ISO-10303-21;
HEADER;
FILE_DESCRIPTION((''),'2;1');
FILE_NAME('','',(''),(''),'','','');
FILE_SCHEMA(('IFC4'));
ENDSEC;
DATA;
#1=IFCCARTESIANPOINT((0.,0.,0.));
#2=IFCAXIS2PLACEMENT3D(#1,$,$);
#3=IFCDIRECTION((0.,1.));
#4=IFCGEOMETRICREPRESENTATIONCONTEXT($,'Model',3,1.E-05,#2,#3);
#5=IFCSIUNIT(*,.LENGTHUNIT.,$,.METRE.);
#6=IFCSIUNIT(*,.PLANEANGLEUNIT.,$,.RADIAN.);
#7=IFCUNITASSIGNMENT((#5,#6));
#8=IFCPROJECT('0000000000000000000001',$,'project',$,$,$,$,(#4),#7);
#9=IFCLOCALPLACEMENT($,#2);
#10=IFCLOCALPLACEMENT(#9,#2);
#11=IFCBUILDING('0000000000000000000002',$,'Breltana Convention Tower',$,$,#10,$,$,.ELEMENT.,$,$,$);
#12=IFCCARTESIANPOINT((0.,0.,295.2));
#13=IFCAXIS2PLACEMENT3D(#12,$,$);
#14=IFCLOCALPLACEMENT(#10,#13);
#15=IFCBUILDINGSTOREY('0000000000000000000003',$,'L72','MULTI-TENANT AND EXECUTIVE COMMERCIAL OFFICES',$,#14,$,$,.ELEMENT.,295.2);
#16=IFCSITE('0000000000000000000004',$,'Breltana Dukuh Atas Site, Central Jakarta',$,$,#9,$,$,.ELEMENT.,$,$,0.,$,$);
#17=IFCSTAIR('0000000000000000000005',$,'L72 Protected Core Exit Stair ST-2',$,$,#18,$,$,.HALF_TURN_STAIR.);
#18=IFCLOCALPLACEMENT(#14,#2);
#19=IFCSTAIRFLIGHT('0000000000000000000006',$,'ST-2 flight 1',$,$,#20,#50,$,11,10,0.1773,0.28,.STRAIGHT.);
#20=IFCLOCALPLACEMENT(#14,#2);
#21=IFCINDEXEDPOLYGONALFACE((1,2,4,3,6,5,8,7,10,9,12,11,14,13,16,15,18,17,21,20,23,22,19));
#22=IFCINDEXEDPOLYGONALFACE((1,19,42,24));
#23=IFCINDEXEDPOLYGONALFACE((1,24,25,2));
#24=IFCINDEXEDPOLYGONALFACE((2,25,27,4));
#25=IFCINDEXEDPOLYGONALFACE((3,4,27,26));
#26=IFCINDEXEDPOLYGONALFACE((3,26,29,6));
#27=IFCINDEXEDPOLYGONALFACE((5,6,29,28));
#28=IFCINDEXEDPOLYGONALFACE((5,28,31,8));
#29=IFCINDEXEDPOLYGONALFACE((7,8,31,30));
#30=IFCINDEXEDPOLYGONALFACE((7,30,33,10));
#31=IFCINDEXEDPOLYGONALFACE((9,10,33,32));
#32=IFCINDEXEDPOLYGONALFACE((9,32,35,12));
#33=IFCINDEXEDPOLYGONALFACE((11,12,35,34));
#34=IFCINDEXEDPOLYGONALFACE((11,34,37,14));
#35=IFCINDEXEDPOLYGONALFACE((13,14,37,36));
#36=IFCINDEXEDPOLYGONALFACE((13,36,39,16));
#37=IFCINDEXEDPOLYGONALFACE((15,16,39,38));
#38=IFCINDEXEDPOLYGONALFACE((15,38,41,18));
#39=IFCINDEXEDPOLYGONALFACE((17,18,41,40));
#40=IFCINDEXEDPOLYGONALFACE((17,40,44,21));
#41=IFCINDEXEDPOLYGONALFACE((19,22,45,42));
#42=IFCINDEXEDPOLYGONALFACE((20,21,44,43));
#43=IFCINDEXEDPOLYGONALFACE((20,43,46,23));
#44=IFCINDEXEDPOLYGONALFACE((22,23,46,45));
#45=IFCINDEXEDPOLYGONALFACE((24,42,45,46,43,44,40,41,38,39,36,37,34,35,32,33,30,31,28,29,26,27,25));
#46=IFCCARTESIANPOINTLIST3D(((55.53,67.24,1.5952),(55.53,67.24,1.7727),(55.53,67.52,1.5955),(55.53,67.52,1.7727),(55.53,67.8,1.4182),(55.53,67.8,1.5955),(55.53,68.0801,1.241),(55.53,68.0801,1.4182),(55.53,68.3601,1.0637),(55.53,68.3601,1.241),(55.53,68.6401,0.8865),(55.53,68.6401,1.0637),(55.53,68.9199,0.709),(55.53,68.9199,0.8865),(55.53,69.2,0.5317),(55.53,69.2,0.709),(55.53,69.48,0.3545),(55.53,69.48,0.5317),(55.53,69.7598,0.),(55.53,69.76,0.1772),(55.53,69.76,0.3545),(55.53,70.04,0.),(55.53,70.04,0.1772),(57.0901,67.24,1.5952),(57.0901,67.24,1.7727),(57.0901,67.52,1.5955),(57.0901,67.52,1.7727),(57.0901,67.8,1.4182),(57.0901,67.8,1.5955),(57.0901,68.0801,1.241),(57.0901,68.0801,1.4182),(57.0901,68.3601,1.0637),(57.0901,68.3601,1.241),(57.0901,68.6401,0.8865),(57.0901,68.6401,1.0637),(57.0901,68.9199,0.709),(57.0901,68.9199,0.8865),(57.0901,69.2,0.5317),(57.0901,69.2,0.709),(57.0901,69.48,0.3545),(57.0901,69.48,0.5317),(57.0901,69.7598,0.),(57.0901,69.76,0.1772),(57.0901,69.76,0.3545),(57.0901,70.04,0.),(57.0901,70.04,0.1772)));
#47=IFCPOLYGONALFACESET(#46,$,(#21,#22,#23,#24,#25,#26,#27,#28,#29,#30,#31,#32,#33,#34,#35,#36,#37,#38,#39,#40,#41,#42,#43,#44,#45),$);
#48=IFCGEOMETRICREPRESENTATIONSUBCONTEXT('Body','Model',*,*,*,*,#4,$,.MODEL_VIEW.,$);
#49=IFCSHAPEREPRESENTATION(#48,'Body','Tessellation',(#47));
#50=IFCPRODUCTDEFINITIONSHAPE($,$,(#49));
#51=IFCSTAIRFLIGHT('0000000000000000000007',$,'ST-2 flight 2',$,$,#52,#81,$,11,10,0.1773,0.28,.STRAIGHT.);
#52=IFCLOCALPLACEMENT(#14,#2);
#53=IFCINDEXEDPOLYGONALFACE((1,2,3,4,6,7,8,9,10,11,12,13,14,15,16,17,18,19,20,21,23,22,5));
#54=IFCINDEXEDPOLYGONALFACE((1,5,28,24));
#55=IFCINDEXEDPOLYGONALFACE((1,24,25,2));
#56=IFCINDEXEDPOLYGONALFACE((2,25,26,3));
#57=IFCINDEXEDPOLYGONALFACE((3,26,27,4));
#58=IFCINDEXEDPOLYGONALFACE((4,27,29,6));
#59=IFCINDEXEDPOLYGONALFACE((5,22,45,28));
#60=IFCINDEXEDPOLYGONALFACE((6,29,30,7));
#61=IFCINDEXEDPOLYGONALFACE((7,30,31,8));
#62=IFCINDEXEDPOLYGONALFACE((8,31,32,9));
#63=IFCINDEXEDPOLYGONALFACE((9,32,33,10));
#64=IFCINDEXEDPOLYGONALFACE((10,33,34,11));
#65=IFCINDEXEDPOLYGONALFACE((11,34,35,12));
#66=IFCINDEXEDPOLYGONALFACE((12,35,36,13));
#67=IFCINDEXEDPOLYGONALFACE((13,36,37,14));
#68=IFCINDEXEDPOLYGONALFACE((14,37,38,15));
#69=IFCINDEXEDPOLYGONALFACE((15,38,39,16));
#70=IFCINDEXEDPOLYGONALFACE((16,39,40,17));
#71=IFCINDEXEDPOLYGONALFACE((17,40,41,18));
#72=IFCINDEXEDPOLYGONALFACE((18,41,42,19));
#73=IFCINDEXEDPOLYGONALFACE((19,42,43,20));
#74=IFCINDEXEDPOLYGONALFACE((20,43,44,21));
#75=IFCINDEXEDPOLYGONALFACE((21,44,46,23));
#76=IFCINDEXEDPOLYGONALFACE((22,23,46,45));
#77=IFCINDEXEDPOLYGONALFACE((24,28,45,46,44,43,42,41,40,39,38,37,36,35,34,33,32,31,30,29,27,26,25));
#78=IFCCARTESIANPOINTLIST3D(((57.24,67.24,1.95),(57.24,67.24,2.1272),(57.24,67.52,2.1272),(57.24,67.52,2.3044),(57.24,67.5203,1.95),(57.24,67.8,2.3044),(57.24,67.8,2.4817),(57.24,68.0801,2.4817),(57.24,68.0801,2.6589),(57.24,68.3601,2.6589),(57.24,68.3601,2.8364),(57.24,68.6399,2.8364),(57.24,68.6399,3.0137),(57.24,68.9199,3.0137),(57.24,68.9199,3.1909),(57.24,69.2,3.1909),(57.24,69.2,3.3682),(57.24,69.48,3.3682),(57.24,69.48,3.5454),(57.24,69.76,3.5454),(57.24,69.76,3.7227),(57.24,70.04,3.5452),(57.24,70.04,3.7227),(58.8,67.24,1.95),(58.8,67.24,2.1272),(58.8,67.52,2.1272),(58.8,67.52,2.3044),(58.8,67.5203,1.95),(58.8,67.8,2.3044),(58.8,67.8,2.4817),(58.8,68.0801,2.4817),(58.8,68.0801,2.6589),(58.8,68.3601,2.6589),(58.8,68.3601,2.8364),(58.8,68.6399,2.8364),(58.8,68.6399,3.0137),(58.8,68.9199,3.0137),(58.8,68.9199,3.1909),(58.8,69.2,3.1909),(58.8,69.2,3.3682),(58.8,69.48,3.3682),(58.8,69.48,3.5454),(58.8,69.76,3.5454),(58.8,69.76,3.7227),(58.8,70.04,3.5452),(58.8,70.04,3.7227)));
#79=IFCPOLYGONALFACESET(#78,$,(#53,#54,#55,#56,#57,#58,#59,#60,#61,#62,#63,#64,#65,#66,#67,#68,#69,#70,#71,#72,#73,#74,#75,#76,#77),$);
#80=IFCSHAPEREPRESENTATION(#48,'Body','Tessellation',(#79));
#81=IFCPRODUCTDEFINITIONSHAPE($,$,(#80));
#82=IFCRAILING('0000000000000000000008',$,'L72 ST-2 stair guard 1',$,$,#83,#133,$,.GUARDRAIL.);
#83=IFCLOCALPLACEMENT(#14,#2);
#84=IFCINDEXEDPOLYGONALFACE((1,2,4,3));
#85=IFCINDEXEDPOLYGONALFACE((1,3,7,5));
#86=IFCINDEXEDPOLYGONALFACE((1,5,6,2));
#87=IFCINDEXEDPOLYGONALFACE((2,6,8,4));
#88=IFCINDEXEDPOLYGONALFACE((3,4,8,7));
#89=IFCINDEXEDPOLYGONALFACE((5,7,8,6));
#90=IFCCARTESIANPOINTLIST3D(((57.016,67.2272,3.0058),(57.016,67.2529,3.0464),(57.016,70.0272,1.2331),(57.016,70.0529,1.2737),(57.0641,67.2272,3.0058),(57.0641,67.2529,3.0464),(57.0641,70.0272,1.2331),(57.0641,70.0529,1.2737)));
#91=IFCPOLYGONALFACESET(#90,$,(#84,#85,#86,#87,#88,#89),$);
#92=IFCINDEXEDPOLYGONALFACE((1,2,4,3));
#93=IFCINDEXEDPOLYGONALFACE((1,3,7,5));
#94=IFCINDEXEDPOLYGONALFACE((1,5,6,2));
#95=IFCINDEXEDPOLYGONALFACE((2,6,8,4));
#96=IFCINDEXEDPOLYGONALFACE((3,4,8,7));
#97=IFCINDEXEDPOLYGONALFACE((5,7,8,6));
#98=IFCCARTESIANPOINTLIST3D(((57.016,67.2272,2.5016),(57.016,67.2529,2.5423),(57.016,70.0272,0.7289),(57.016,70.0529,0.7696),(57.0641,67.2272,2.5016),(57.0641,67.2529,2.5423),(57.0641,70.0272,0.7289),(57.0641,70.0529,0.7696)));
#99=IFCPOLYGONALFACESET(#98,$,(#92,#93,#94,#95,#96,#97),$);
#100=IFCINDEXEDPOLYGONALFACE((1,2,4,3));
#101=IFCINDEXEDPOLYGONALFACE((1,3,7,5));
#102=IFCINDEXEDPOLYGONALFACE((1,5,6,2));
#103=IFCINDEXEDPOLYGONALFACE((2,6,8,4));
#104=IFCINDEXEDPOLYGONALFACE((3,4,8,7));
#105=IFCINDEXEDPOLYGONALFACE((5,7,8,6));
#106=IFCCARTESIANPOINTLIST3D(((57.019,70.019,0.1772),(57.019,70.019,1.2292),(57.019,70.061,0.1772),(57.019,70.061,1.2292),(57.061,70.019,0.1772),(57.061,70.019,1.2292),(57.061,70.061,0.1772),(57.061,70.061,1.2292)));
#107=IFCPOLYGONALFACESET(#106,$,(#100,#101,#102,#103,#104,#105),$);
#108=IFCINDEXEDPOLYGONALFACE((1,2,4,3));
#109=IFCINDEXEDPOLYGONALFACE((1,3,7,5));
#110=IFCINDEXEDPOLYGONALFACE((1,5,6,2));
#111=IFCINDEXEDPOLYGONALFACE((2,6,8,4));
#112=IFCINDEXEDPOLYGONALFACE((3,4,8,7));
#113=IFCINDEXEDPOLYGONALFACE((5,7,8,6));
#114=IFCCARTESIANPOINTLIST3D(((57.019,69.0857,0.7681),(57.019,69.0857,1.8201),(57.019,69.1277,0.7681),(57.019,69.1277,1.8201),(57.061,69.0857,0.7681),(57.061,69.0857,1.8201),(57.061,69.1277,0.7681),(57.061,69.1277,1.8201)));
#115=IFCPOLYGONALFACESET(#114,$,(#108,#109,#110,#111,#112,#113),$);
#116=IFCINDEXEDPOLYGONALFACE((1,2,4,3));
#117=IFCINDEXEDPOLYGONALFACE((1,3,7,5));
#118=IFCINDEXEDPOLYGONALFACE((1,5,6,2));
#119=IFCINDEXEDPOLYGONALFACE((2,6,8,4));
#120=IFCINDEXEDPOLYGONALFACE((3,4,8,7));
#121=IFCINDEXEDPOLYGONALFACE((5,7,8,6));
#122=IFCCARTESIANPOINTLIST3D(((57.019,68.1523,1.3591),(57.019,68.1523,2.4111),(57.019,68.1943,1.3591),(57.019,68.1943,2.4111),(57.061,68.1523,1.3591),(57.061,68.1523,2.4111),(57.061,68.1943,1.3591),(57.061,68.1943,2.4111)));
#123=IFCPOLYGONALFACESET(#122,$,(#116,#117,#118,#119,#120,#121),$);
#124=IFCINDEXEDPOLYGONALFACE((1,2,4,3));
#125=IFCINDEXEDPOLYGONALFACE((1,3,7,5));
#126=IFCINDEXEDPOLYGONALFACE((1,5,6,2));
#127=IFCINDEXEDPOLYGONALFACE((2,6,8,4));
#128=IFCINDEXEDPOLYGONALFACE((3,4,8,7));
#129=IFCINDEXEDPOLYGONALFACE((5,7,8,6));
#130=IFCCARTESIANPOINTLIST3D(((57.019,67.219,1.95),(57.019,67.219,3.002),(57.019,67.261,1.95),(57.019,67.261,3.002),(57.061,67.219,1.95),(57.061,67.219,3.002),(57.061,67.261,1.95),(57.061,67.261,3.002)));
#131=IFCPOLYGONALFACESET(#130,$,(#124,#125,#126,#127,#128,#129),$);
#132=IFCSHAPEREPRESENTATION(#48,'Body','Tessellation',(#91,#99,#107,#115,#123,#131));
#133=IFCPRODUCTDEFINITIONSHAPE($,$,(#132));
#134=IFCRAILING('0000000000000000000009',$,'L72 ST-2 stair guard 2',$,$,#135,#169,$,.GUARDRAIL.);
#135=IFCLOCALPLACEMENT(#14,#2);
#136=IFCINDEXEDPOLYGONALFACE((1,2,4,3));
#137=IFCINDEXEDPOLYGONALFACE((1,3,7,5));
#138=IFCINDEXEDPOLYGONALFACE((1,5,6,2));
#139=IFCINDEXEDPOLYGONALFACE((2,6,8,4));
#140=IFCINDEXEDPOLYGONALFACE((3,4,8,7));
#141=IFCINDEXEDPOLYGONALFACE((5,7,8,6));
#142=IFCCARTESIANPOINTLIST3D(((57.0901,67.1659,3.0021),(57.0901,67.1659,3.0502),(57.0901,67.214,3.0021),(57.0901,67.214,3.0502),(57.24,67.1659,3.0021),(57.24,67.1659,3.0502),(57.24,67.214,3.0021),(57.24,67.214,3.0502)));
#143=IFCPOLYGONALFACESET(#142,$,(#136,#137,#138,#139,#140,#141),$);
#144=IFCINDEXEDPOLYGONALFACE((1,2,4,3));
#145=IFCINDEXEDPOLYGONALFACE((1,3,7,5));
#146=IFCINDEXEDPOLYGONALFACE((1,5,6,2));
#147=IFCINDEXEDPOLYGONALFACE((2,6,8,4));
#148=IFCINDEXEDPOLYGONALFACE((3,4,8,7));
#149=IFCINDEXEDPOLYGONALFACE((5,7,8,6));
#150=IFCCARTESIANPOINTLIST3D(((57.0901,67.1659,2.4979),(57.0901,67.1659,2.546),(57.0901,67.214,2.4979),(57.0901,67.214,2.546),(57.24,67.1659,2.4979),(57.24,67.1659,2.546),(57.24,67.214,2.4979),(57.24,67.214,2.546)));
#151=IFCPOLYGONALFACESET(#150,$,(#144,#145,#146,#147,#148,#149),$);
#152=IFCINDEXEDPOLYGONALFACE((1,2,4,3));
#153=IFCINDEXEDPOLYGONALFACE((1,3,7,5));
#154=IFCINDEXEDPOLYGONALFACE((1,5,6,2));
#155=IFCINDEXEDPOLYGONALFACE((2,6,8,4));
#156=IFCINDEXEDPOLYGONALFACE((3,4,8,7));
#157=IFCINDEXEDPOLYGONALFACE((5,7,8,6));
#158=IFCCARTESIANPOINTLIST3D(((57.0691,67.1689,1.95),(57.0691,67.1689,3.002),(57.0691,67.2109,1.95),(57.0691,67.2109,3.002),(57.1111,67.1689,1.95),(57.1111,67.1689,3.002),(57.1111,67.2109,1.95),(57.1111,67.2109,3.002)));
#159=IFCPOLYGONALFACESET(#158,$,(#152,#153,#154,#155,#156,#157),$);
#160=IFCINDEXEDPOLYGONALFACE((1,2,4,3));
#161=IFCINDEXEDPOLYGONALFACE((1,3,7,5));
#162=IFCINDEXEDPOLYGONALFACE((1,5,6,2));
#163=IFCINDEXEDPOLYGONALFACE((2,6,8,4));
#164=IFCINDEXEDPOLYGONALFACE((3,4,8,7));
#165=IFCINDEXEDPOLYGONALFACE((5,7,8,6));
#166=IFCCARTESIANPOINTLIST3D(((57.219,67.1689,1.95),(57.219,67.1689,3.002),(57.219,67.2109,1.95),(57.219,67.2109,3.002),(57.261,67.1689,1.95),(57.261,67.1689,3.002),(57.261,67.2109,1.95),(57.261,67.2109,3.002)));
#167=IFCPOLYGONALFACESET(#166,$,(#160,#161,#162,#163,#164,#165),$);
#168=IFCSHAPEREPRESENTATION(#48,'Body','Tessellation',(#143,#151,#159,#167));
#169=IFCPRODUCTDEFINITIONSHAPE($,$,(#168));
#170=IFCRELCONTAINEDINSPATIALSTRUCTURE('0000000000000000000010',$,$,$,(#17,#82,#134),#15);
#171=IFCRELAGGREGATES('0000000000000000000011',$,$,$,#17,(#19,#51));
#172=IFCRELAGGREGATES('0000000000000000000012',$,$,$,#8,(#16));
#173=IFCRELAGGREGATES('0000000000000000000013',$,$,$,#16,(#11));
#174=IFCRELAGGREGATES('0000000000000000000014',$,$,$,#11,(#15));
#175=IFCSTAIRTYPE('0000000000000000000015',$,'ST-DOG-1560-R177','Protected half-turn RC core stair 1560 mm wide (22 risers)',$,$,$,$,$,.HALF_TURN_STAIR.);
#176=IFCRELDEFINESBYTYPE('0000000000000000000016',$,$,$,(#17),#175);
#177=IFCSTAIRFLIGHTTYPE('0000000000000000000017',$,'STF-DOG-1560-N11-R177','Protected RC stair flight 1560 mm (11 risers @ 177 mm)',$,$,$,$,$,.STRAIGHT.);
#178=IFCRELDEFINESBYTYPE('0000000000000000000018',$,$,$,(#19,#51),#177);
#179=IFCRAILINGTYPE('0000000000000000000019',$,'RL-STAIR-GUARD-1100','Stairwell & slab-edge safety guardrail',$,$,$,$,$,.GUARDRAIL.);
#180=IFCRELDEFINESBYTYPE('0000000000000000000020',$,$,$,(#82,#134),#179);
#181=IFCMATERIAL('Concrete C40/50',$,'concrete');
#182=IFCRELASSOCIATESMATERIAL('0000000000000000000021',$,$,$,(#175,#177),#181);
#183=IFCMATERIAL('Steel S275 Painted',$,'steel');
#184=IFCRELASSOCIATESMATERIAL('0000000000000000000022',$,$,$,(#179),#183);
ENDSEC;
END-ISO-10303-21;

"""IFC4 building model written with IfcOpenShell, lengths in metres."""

from ifc_helpers import new_model, si_unit, direction, frame, origin, origin_2d, place, context, subcontext, project, spatial, polyline, rectangle, outline, extrude, material, type_object, element, aggregate, save


model = new_model("IFC4")

# Units and contexts
model_context = context("Model", 3, precision=1e-05, world=origin(), true_north=direction((0.0, 1.0)))
body_context = subcontext(model_context, "Body", "Model", "MODEL_VIEW")
ifc_project = project(units=[si_unit("LENGTHUNIT", "METRE"), si_unit("PLANEANGLEUNIT", "RADIAN")], contexts=[model_context])

# Site, building, storey
site_placement = place(None, origin())
site = spatial("IfcSite", under=ifc_project, at=site_placement, Name="Breltana Dukuh Atas Site, Central Jakarta", CompositionType="ELEMENT", RefElevation=0.0)
building_placement = place(site_placement, origin())
building = spatial("IfcBuilding", under=site, at=building_placement, Name="Breltana Convention Tower", CompositionType="ELEMENT")
storey_placement = place(building_placement, frame((0.0, 0.0, 295.2)))
storey = spatial("IfcBuildingStorey", under=building, at=storey_placement, Name="L72", Description="MULTI-TENANT AND EXECUTIVE COMMERCIAL OFFICES", CompositionType="ELEMENT", Elevation=295.2)

# Stair, stair flights
ifc_material_1 = material(Name="Concrete C40/50", Category="concrete")
stair_type = type_object("IfcStairType", Name="ST-DOG-1560-R177", Description="Protected half-turn RC core stair 1560 mm wide (22 risers)", PredefinedType="HALF_TURN_STAIR", material=ifc_material_1)
stair_placement = place(storey_placement, origin())
stair = element("IfcStair", 1, at=stair_placement, inside=storey, type_object=stair_type, Name="L72 Protected Core Exit Stair ST-2", PredefinedType="HALF_TURN_STAIR")
stair_flight_type = type_object("IfcStairFlightType", Name="STF-DOG-1560-N11-R177", Description="Protected RC stair flight 1560 mm (11 risers @ 177 mm)", PredefinedType="STRAIGHT", material=ifc_material_1)
stair_flight_1_placement = place(storey_placement, frame((56.3101, 70.04, 0.0), z_axis=(0.0, 0.0, 1.0), x_axis=(0.0, -1.0, 0.0)))
stair_flight_1 = element("IfcStairFlight", 2, at=stair_flight_1_placement, type_object=stair_flight_type, Name="ST-2 flight 1", NumberOfRisers=11, NumberOfTreads=10, PredefinedType="STRAIGHT", RiserHeight=0.1773, TreadLength=0.28, context=body_context, shape_type="SweptSolid", body=[
    extrude(outline(polyline([(0.0, 0.0), (0.0, 0.1772), (0.28, 0.1772), (0.28, 0.3545), (0.5601, 0.3545), (0.5601, 0.5317), (0.8401, 0.5317), (0.8401, 0.709), (1.1201, 0.709), (1.1201, 0.8865), (1.3999, 0.8865), (1.3999, 1.0637), (1.6799, 1.0637), (1.6799, 1.241), (1.96, 1.241), (1.96, 1.4182), (2.24, 1.4182), (2.24, 1.5955), (2.52, 1.5955), (2.52, 1.7727), (2.8, 1.7727), (2.8, 1.95), (2.8, 1.5952), (0.2803, 0.0), (0.0, 0.0)])), frame((0.0, 0.78, 0.0), z_axis=(0.0, -1.0, 0.0), x_axis=(1.0, 0.0, 0.0)), (0.0, 0.0, 1.0), 1.5601),
])
stair_flight_2_placement = place(storey_placement, frame((58.02, 67.24, 1.95), z_axis=(0.0, 0.0, 1.0), x_axis=(0.0, 1.0, 0.0)))
stair_flight_2 = element("IfcStairFlight", 3, at=stair_flight_2_placement, type_object=stair_flight_type, Name="ST-2 flight 2", NumberOfRisers=11, NumberOfTreads=10, PredefinedType="STRAIGHT", RiserHeight=0.1773, TreadLength=0.28, context=body_context, shape_type="SweptSolid", body=[
    extrude(outline(polyline([(0.0, 0.0), (0.0, 0.1772), (0.28, 0.1772), (0.28, 0.3545), (0.5601, 0.3545), (0.5601, 0.5317), (0.8401, 0.5317), (0.8401, 0.709), (1.1201, 0.709), (1.1201, 0.8865), (1.3999, 0.8865), (1.3999, 1.0637), (1.6799, 1.0637), (1.6799, 1.241), (1.96, 1.241), (1.96, 1.4182), (2.24, 1.4182), (2.24, 1.5955), (2.52, 1.5955), (2.52, 1.7727), (2.8, 1.7727), (2.8, 1.95), (2.8, 1.5952), (0.2803, 0.0), (0.0, 0.0)])), frame((0.0, 0.78, 0.0), z_axis=(0.0, -1.0, 0.0), x_axis=(1.0, 0.0, 0.0)), (0.0, 0.0, 1.0), 1.5601),
])
aggregate(stair, [stair_flight_1, stair_flight_2])

# Railings
ifc_material_2 = material(Name="Steel S275 Painted", Category="steel")
railing_type_1 = type_object("IfcRailingType", Name="RL-STAIR-GUARD-1100", Description="Stairwell & slab-edge safety guardrail", PredefinedType="GUARDRAIL", material=ifc_material_2)
railing_1_placement = place(storey_placement, frame((57.04, 70.04, 0.1772)))
element("IfcRailing", 4, at=railing_1_placement, inside=storey, type_object=railing_type_1, Name="L72 ST-2 stair guard 1", PredefinedType="GUARDRAIL", context=body_context, shape_type="SweptSolid", body=[
    extrude(rectangle(XDim=0.0481, YDim=0.0481, at=origin_2d()), frame((0.0, 0.0, 1.0762), z_axis=(0.0, -0.844909, 0.53491), x_axis=(1.0, 0.0, 0.0)), (0.0, 0.0, 1.0), 3.314),
    extrude(rectangle(XDim=0.0481, YDim=0.0481, at=origin_2d()), frame((0.0, 0.0, 0.572), z_axis=(0.0, -0.844909, 0.53491), x_axis=(1.0, 0.0, 0.0)), (0.0, 0.0, 1.0), 3.314),
    extrude(rectangle(XDim=0.042, YDim=0.042, at=origin_2d()), origin(), (0.0, 0.0, 1.0), 1.052),
    extrude(rectangle(XDim=0.042, YDim=0.042, at=origin_2d()), frame((0.0, -0.9333, 0.5908)), (0.0, 0.0, 1.0), 1.052),
    extrude(rectangle(XDim=0.042, YDim=0.042, at=origin_2d()), frame((0.0, -1.8667, 1.1819)), (0.0, 0.0, 1.0), 1.052),
    extrude(rectangle(XDim=0.042, YDim=0.042, at=origin_2d()), frame((0.0, -2.8, 1.7727)), (0.0, 0.0, 1.0), 1.052),
])
railing_2_placement = place(storey_placement, frame((57.0901, 67.1899, 1.95)))
element("IfcRailing", 5, at=railing_2_placement, inside=storey, type_object=railing_type_1, Name="L72 ST-2 stair guard 2", PredefinedType="GUARDRAIL", context=body_context, shape_type="SweptSolid", body=[
    extrude(rectangle(XDim=0.0481, YDim=0.0481, at=origin_2d()), frame((0.0, 0.0, 1.0762), z_axis=(1.0, 0.0, 0.0), x_axis=(0.0, 1.0, 0.0)), (0.0, 0.0, 1.0), 0.1499),
    extrude(rectangle(XDim=0.0481, YDim=0.0481, at=origin_2d()), frame((0.0, 0.0, 0.572), z_axis=(1.0, 0.0, 0.0), x_axis=(0.0, 1.0, 0.0)), (0.0, 0.0, 1.0), 0.1499),
    extrude(rectangle(XDim=0.042, YDim=0.042, at=origin_2d()), origin(), (0.0, 0.0, 1.0), 1.052),
    extrude(rectangle(XDim=0.042, YDim=0.042, at=origin_2d()), frame((0.1499, 0.0, 0.0)), (0.0, 0.0, 1.0), 1.052),
])

save(model, "model.ifc")
